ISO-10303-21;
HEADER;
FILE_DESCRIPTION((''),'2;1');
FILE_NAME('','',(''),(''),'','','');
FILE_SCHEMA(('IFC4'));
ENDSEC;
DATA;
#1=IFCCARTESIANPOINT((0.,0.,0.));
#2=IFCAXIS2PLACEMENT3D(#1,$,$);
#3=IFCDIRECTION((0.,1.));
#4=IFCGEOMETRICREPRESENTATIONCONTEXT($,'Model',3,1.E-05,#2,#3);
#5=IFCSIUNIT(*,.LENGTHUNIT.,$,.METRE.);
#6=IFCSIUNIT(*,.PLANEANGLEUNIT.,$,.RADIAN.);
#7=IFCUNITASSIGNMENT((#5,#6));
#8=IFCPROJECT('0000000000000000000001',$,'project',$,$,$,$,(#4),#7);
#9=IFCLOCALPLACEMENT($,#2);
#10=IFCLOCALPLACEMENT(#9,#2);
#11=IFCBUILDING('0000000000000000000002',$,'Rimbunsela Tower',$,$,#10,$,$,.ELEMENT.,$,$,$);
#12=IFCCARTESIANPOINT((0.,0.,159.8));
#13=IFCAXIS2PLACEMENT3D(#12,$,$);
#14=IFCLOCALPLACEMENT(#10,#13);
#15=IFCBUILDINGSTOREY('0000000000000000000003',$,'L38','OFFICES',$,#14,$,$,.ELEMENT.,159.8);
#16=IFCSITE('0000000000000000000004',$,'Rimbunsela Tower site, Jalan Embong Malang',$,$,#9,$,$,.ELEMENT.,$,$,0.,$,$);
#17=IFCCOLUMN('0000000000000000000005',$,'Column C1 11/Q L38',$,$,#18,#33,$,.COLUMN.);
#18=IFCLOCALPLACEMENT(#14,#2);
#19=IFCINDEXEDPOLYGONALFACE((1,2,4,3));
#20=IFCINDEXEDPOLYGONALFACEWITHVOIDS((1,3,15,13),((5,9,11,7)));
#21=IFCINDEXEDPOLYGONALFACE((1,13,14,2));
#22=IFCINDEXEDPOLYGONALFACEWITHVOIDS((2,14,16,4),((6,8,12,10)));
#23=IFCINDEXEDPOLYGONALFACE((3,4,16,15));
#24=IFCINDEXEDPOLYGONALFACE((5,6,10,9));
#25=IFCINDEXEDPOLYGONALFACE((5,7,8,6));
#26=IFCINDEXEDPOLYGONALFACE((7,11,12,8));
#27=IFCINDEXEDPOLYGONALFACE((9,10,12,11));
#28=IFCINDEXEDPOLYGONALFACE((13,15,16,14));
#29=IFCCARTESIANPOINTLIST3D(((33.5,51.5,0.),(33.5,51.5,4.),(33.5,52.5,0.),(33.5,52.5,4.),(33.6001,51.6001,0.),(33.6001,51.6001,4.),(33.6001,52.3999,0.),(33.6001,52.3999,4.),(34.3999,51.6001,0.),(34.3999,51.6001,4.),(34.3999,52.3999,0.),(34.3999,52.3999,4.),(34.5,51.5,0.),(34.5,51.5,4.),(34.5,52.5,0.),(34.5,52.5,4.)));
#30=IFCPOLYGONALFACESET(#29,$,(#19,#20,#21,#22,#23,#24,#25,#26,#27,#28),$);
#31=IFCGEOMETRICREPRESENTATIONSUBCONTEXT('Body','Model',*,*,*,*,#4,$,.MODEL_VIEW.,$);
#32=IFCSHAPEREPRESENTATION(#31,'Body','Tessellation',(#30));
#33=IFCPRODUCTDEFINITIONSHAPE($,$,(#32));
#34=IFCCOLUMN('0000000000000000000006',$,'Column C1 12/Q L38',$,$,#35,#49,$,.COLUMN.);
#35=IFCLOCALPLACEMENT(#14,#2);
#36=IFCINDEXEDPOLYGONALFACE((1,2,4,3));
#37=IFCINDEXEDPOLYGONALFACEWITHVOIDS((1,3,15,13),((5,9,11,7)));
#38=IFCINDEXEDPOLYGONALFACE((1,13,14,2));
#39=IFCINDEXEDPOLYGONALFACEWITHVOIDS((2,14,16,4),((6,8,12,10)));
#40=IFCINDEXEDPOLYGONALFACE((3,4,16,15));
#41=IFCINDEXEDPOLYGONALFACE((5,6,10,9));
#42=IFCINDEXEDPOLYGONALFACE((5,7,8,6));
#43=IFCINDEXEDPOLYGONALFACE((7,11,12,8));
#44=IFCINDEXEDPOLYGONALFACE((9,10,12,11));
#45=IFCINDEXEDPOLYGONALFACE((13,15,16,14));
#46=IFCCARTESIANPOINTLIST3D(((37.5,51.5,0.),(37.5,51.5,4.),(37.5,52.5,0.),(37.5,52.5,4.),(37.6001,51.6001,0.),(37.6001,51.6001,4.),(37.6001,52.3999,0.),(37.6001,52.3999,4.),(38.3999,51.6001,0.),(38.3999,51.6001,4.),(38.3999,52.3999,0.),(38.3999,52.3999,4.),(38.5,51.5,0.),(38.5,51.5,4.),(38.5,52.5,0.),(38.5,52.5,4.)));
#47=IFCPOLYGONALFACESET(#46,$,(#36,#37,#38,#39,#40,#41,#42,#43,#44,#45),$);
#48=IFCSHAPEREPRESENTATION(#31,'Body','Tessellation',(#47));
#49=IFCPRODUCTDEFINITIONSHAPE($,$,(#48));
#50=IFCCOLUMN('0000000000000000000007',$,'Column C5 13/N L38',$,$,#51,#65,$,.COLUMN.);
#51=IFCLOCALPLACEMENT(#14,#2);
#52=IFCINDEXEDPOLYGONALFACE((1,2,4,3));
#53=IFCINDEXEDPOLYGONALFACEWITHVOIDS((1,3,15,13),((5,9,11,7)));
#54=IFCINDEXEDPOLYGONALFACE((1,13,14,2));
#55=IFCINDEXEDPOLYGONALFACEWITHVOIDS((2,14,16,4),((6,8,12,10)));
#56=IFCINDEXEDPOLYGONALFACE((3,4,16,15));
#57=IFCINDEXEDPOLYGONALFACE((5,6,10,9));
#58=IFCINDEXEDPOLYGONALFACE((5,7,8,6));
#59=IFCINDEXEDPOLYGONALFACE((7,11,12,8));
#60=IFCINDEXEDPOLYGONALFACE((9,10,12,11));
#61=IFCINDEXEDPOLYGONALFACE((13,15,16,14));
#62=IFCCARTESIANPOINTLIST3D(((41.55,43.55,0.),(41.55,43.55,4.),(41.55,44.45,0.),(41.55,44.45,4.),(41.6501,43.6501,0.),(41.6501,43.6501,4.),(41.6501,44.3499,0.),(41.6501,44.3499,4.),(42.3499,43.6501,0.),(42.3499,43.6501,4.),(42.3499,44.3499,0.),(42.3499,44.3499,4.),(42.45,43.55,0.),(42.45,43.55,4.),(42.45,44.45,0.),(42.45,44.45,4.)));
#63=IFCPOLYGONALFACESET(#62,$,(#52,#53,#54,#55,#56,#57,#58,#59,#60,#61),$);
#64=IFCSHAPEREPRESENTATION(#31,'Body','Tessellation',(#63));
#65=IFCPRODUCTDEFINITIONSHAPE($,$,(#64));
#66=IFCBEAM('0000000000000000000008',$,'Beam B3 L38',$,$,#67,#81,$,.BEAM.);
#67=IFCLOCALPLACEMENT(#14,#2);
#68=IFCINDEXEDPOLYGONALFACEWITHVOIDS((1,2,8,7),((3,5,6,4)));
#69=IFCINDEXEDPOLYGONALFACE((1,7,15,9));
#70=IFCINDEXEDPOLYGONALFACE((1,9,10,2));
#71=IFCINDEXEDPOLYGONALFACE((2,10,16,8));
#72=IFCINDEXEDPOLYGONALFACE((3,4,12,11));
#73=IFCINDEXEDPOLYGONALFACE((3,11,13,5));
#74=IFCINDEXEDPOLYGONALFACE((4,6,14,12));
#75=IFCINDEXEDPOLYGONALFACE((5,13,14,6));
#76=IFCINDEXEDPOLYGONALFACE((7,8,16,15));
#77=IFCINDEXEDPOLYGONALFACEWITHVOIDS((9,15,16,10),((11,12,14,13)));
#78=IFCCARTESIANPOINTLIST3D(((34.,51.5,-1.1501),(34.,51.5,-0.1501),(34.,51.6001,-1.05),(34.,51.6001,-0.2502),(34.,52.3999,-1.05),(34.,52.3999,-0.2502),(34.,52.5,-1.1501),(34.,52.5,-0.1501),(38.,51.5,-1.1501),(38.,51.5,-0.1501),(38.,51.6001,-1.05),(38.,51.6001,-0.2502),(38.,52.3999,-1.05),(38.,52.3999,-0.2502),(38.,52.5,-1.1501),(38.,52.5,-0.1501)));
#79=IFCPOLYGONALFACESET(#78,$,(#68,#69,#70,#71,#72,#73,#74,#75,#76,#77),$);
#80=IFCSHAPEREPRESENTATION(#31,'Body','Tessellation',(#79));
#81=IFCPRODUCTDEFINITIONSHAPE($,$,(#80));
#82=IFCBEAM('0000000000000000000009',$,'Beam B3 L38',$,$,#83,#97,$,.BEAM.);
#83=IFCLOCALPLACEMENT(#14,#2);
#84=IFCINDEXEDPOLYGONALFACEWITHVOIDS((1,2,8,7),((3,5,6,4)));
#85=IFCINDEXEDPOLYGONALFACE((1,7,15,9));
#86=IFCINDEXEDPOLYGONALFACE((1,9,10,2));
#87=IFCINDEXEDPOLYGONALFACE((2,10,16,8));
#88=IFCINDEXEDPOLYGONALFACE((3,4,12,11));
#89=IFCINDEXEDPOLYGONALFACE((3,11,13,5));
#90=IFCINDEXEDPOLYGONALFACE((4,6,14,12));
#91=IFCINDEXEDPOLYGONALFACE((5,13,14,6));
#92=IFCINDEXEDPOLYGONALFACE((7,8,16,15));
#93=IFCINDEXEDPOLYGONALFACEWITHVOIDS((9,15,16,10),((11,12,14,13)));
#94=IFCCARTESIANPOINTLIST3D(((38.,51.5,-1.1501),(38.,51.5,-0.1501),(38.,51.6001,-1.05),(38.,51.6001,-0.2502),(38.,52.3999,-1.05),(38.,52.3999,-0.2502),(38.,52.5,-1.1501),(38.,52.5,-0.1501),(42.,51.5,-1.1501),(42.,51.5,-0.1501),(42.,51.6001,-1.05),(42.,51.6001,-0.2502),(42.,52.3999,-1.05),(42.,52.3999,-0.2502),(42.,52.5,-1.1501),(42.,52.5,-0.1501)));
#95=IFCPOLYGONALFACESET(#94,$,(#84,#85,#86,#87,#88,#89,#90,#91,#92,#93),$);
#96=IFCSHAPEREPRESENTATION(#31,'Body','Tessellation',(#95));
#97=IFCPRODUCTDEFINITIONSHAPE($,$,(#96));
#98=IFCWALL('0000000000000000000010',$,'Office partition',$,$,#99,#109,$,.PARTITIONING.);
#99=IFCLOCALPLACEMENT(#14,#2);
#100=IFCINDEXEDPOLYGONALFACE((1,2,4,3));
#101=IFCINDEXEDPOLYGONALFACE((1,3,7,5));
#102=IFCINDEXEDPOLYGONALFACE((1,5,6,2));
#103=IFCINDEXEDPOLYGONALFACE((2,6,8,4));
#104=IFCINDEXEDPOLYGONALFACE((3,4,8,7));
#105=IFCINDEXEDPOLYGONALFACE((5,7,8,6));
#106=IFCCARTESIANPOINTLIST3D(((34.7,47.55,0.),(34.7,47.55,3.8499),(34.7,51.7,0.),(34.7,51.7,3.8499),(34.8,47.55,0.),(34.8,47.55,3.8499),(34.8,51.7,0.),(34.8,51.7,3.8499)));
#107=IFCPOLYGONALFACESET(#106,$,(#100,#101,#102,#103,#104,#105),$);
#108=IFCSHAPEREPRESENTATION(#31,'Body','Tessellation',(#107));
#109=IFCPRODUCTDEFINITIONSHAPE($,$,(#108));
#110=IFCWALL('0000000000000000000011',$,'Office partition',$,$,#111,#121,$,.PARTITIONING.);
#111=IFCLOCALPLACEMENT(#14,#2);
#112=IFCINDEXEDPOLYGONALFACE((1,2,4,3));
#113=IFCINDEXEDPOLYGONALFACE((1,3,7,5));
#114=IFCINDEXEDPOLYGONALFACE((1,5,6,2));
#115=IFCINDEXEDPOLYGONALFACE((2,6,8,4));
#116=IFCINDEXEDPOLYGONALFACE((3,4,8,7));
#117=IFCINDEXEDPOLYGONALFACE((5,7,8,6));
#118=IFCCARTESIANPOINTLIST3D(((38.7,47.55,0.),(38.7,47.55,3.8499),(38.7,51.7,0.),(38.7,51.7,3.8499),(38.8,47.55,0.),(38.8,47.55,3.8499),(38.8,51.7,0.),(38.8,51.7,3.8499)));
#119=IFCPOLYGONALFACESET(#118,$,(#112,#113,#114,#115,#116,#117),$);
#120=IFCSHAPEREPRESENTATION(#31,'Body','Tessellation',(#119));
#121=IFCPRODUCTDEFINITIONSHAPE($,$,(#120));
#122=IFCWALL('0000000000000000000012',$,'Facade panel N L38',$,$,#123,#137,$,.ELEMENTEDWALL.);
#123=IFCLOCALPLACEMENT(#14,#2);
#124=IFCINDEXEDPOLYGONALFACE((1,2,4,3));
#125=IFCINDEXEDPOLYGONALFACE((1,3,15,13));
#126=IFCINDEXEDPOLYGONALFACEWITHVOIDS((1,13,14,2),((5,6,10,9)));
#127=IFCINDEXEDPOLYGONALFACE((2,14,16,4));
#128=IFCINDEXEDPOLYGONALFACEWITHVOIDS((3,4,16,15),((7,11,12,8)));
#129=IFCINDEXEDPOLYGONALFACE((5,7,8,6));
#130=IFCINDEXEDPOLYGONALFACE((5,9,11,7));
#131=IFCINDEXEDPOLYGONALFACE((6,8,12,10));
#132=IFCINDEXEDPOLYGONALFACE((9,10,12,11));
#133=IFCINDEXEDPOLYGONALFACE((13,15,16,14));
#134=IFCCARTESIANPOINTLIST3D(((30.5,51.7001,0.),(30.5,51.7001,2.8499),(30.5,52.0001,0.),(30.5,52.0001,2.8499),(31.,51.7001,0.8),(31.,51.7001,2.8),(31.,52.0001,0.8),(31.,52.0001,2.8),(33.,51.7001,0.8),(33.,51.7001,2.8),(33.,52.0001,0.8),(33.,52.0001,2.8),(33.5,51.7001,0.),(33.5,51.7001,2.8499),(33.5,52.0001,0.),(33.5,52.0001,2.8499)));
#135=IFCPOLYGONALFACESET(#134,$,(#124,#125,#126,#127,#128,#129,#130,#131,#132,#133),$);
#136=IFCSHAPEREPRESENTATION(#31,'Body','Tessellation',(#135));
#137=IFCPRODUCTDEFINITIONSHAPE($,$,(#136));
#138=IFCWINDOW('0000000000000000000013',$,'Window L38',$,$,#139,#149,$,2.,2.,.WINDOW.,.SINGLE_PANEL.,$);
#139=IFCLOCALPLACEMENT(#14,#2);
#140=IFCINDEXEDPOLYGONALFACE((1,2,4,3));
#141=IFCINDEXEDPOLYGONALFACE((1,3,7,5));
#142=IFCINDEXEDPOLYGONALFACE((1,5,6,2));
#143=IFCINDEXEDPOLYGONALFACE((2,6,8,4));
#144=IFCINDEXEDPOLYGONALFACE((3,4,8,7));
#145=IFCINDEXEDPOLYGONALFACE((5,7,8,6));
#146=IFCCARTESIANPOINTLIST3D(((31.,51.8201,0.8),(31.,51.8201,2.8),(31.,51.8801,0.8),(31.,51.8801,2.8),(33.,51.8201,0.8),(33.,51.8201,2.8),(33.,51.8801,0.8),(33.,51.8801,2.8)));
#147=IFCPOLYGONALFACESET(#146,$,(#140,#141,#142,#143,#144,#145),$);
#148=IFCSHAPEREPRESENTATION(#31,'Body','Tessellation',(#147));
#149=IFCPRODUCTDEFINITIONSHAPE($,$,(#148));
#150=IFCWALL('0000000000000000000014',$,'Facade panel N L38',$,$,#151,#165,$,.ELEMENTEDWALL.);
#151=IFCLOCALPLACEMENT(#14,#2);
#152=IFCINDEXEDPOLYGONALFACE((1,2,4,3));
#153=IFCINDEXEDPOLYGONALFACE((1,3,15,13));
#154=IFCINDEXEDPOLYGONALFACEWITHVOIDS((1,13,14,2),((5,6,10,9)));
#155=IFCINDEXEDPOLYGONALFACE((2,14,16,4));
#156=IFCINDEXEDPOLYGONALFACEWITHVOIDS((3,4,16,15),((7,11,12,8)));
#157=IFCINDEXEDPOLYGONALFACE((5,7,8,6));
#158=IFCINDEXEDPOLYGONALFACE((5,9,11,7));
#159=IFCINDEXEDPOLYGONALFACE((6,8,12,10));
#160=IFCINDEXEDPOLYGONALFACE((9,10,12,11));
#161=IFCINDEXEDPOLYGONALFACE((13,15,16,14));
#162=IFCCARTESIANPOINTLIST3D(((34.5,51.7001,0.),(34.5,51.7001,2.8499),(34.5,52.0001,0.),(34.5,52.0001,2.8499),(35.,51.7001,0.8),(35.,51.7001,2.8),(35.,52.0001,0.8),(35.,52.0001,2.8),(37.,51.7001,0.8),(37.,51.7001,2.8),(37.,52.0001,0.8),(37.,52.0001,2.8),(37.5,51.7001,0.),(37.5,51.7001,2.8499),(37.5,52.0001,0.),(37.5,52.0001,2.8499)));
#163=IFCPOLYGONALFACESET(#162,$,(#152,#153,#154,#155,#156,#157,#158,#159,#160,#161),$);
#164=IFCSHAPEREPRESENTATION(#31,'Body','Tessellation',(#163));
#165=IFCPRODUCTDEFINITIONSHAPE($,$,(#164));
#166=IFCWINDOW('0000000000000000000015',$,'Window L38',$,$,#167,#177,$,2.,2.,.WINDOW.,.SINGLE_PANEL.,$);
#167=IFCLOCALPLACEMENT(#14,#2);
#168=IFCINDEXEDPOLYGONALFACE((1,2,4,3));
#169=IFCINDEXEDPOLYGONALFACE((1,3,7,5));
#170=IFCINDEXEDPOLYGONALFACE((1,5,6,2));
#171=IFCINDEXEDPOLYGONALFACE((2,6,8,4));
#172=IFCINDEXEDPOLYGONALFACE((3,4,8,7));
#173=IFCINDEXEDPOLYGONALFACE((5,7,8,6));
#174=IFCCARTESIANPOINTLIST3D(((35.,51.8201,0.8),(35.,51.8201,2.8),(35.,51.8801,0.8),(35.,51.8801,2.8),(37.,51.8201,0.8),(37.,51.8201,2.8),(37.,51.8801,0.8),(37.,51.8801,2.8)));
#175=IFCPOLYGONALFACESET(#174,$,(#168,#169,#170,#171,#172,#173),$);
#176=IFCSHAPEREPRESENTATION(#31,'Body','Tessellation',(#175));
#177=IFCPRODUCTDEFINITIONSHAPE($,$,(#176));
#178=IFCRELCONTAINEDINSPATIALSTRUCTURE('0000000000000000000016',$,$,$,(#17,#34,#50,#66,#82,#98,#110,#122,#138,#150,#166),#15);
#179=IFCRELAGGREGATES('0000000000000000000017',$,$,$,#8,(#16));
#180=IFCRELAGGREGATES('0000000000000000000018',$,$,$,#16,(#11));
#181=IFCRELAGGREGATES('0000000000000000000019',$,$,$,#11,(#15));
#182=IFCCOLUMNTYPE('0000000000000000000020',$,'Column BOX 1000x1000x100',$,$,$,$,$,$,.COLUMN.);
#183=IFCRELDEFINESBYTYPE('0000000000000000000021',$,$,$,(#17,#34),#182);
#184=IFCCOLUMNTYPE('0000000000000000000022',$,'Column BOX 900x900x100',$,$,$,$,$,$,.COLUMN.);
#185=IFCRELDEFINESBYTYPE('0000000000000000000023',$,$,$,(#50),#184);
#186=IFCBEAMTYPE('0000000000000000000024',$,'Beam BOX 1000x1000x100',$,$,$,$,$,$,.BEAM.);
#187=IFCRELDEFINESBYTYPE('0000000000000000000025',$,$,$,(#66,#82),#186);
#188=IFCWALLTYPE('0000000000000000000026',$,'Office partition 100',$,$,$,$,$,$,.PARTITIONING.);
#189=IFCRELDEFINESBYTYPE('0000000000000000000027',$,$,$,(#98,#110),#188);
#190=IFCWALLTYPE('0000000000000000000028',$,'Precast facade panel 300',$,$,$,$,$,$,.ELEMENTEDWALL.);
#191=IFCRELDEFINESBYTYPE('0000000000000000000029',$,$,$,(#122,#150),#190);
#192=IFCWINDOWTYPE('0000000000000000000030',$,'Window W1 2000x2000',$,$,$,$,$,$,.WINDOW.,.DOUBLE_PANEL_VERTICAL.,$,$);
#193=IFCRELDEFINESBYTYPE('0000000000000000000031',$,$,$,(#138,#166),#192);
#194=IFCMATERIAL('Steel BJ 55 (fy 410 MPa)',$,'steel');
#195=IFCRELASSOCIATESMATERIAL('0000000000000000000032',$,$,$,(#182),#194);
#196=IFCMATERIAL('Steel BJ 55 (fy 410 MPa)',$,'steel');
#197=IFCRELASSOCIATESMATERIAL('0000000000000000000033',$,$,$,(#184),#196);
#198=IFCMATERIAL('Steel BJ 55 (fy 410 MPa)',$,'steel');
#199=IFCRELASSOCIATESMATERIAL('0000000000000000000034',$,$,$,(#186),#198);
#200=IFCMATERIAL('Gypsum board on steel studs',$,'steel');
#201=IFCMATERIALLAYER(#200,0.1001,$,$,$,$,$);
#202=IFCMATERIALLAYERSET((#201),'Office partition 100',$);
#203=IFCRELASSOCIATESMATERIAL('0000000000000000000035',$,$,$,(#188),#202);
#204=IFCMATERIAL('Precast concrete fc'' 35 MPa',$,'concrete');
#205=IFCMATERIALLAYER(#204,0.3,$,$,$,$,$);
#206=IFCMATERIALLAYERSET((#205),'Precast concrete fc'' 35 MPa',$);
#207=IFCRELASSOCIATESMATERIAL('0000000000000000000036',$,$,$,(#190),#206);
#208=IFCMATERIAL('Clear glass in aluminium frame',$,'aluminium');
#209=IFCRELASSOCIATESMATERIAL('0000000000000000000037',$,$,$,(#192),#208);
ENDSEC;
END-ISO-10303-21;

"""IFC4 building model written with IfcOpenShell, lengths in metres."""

from ifc_helpers import new_model, si_unit, direction, frame, frame_2d, origin, origin_2d, place, context, subcontext, project, spatial, rectangle, hollow_rectangle, extrude, material, layer, layer_set, material_profile, profile_set, type_object, element, fill, save


model = new_model("IFC4")

# Units and contexts
model_context = context("Model", 3, precision=1e-05, world=origin(), true_north=direction((0.0, 1.0)))
body_context = subcontext(model_context, "Body", "Model", "MODEL_VIEW")
ifc_project = project(units=[si_unit("LENGTHUNIT", "METRE"), si_unit("PLANEANGLEUNIT", "RADIAN")], contexts=[model_context])

# Site, building, storey
site_placement = place(None, origin())
site = spatial("IfcSite", under=ifc_project, at=site_placement, Name="Rimbunsela Tower site, Jalan Embong Malang", CompositionType="ELEMENT", RefElevation=0.0)
building_placement = place(site_placement, origin())
building = spatial("IfcBuilding", under=site, at=building_placement, Name="Rimbunsela Tower", CompositionType="ELEMENT")
storey_placement = place(building_placement, frame((0.0, 0.0, 159.8)))
storey = spatial("IfcBuildingStorey", under=building, at=storey_placement, Name="L38", Description="OFFICES", CompositionType="ELEMENT", Elevation=159.8)

# Columns
ifc_material_1 = material(Name="Steel BJ 55 (fy 410 MPa)", Category="steel")
ifc_material_profile_1 = material_profile(ifc_material_1, hollow_rectangle(XDim=1.0, YDim=1.0, WallThickness=0.1001, at=origin_2d()), Name="BOX 1000x1000x100")
ifc_profile_set_1 = profile_set([ifc_material_profile_1], Name="Steel BJ 55 (fy 410 MPa)")
column_type_1 = type_object("IfcColumnType", Name="Column BOX 1000x1000x100", PredefinedType="COLUMN", material=ifc_profile_set_1)
for number, where, z_axis, x_axis, name in (
    (1, (34.0, 52.0, 0.0), (0.0, 0.0, 1.0), (1.0, 0.0, 0.0), "Column C1 11/Q L38"),
    (2, (38.0, 52.0, 0.0), (0.0, 0.0, 1.0), (1.0, 0.0, 0.0), "Column C1 12/Q L38"),
):
    element("IfcColumn", number, at=place(storey_placement, frame(where, z_axis=z_axis, x_axis=x_axis)), inside=storey, type_object=column_type_1, Name=name, PredefinedType="COLUMN", context=body_context, shape_type="SweptSolid", body=[
        extrude(hollow_rectangle(XDim=1.0, YDim=1.0, WallThickness=0.1001, at=origin_2d()), origin(), (0.0, 0.0, 1.0), 4.0),
    ])
ifc_material_2 = material(Name="Steel BJ 55 (fy 410 MPa)", Category="steel")
ifc_material_profile_2 = material_profile(ifc_material_2, hollow_rectangle(XDim=0.8999, YDim=0.8999, WallThickness=0.1001, at=origin_2d()), Name="BOX 900x900x100")
ifc_profile_set_2 = profile_set([ifc_material_profile_2], Name="Steel BJ 55 (fy 410 MPa)")
column_type_2 = type_object("IfcColumnType", Name="Column BOX 900x900x100", PredefinedType="COLUMN", material=ifc_profile_set_2)
column_placement = place(storey_placement, frame((42.0, 44.0, 0.0), z_axis=(0.0, 0.0, 1.0), x_axis=(1.0, 0.0, 0.0)))
element("IfcColumn", 3, at=column_placement, inside=storey, type_object=column_type_2, Name="Column C5 13/N L38", PredefinedType="COLUMN", context=body_context, shape_type="SweptSolid", body=[
    extrude(hollow_rectangle(XDim=0.8999, YDim=0.8999, WallThickness=0.1001, at=origin_2d()), origin(), (0.0, 0.0, 1.0), 4.0),
])

# Beams
ifc_material_3 = material(Name="Steel BJ 55 (fy 410 MPa)", Category="steel")
ifc_material_profile_3 = material_profile(ifc_material_3, hollow_rectangle(XDim=1.0, YDim=1.0, WallThickness=0.1001, at=origin_2d()), Name="BOX 1000x1000x100")
ifc_profile_set_3 = profile_set([ifc_material_profile_3], Name="Steel BJ 55 (fy 410 MPa)")
beam_type = type_object("IfcBeamType", Name="Beam BOX 1000x1000x100", PredefinedType="BEAM", material=ifc_profile_set_3)
for number, where, z_axis, x_axis, name in (
    (4, (34.0, 52.0, -0.6501), (1.0, 0.0, 0.0), (0.0, 1.0, 0.0), "Beam B3 L38"),
    (5, (38.0, 52.0, -0.6501), (1.0, 0.0, 0.0), (0.0, 1.0, 0.0), "Beam B3 L38"),
):
    element("IfcBeam", number, at=place(storey_placement, frame(where, z_axis=z_axis, x_axis=x_axis)), inside=storey, type_object=beam_type, Name=name, PredefinedType="BEAM", context=body_context, shape_type="SweptSolid", body=[
        extrude(hollow_rectangle(XDim=1.0, YDim=1.0, WallThickness=0.1001, at=origin_2d()), origin(), (0.0, 0.0, 1.0), 4.0),
    ])

# Walls
ifc_material_4 = material(Name="Gypsum board on steel studs", Category="steel")
ifc_layer_1 = layer(ifc_material_4, 0.1001)
ifc_layer_set_1 = layer_set([ifc_layer_1], Name="Office partition 100")
wall_type_1 = type_object("IfcWallType", Name="Office partition 100", PredefinedType="PARTITIONING", material=ifc_layer_set_1)
for number, where, z_axis, x_axis, name in (
    (6, (34.75, 47.55, 0.0), (0.0, 0.0, 1.0), (0.0, 1.0, 0.0), "Office partition"),
    (7, (38.75, 47.55, 0.0), (0.0, 0.0, 1.0), (0.0, 1.0, 0.0), "Office partition"),
):
    element("IfcWall", number, at=place(storey_placement, frame(where, z_axis=z_axis, x_axis=x_axis)), inside=storey, type_object=wall_type_1, Name=name, PredefinedType="PARTITIONING", context=body_context, shape_type="SweptSolid", body=[
        extrude(rectangle(XDim=4.1499, YDim=0.1001, at=frame_2d((2.075, 0.0))), origin(), (0.0, 0.0, 1.0), 3.8499),
    ])

# Walls, openings, windows
ifc_material_5 = material(Name="Precast concrete fc' 35 MPa", Category="concrete")
ifc_layer_2 = layer(ifc_material_5, 0.3)
ifc_layer_set_2 = layer_set([ifc_layer_2], Name="Precast concrete fc' 35 MPa")
wall_type_2 = type_object("IfcWallType", Name="Precast facade panel 300", PredefinedType="ELEMENTEDWALL", material=ifc_layer_set_2)
wall_1_placement = place(storey_placement, frame((33.5, 51.8501, 0.0), z_axis=(0.0, 0.0, 1.0), x_axis=(-1.0, 0.0, 0.0)))
wall_1 = element("IfcWall", 8, at=wall_1_placement, inside=storey, type_object=wall_type_2, Name="Facade panel N L38", PredefinedType="ELEMENTEDWALL", context=body_context, shape_type="SweptSolid", body=[
    extrude(rectangle(XDim=3.0, YDim=0.3, at=frame_2d((1.5, 0.0))), origin(), (0.0, 0.0, 1.0), 2.8499),
])
opening_1_placement = place(wall_1_placement, frame((0.5, 0.0, 0.8)))
opening_1 = element("IfcOpeningElement", 9, at=opening_1_placement, cuts=wall_1, PredefinedType="OPENING", context=body_context, shape_type="SweptSolid", body=[
    extrude(rectangle(XDim=2.0, YDim=2.0, at=frame_2d((1.0, 1.0))), frame((0.0, 0.1599, 0.0), z_axis=(0.0, -1.0, 0.0), x_axis=(1.0, 0.0, 0.0)), (0.0, 0.0, 1.0), 0.3201),
])
ifc_material_6 = material(Name="Clear glass in aluminium frame", Category="aluminium")
window_type = type_object("IfcWindowType", Name="Window W1 2000x2000", PartitioningType="DOUBLE_PANEL_VERTICAL", PredefinedType="WINDOW", material=ifc_material_6)
window_1_placement = place(opening_1_placement, origin())
window_1 = element("IfcWindow", 10, at=window_1_placement, inside=storey, type_object=window_type, Name="Window L38", OverallHeight=2.0, OverallWidth=2.0, PartitioningType="SINGLE_PANEL", PredefinedType="WINDOW", context=body_context, shape_type="SweptSolid", body=[
    extrude(rectangle(XDim=2.0, YDim=2.0, at=frame_2d((1.0, 1.0))), frame((0.0, 0.03, 0.0), z_axis=(0.0, -1.0, 0.0), x_axis=(1.0, 0.0, 0.0)), (0.0, 0.0, 1.0), 0.0601),
])
fill(opening_1, window_1)
wall_2_placement = place(storey_placement, frame((37.5, 51.8501, 0.0), z_axis=(0.0, 0.0, 1.0), x_axis=(-1.0, 0.0, 0.0)))
wall_2 = element("IfcWall", 11, at=wall_2_placement, inside=storey, type_object=wall_type_2, Name="Facade panel N L38", PredefinedType="ELEMENTEDWALL", context=body_context, shape_type="SweptSolid", body=[
    extrude(rectangle(XDim=3.0, YDim=0.3, at=frame_2d((1.5, 0.0))), origin(), (0.0, 0.0, 1.0), 2.8499),
])
opening_2_placement = place(wall_2_placement, frame((0.5, 0.0, 0.8)))
opening_2 = element("IfcOpeningElement", 12, at=opening_2_placement, cuts=wall_2, PredefinedType="OPENING", context=body_context, shape_type="SweptSolid", body=[
    extrude(rectangle(XDim=2.0, YDim=2.0, at=frame_2d((1.0, 1.0))), frame((0.0, 0.1599, 0.0), z_axis=(0.0, -1.0, 0.0), x_axis=(1.0, 0.0, 0.0)), (0.0, 0.0, 1.0), 0.3201),
])
window_2_placement = place(opening_2_placement, origin())
window_2 = element("IfcWindow", 13, at=window_2_placement, inside=storey, type_object=window_type, Name="Window L38", OverallHeight=2.0, OverallWidth=2.0, PartitioningType="SINGLE_PANEL", PredefinedType="WINDOW", context=body_context, shape_type="SweptSolid", body=[
    extrude(rectangle(XDim=2.0, YDim=2.0, at=frame_2d((1.0, 1.0))), frame((0.0, 0.03, 0.0), z_axis=(0.0, -1.0, 0.0), x_axis=(1.0, 0.0, 0.0)), (0.0, 0.0, 1.0), 0.0601),
])
fill(opening_2, window_2)

save(model, "model.ifc")
